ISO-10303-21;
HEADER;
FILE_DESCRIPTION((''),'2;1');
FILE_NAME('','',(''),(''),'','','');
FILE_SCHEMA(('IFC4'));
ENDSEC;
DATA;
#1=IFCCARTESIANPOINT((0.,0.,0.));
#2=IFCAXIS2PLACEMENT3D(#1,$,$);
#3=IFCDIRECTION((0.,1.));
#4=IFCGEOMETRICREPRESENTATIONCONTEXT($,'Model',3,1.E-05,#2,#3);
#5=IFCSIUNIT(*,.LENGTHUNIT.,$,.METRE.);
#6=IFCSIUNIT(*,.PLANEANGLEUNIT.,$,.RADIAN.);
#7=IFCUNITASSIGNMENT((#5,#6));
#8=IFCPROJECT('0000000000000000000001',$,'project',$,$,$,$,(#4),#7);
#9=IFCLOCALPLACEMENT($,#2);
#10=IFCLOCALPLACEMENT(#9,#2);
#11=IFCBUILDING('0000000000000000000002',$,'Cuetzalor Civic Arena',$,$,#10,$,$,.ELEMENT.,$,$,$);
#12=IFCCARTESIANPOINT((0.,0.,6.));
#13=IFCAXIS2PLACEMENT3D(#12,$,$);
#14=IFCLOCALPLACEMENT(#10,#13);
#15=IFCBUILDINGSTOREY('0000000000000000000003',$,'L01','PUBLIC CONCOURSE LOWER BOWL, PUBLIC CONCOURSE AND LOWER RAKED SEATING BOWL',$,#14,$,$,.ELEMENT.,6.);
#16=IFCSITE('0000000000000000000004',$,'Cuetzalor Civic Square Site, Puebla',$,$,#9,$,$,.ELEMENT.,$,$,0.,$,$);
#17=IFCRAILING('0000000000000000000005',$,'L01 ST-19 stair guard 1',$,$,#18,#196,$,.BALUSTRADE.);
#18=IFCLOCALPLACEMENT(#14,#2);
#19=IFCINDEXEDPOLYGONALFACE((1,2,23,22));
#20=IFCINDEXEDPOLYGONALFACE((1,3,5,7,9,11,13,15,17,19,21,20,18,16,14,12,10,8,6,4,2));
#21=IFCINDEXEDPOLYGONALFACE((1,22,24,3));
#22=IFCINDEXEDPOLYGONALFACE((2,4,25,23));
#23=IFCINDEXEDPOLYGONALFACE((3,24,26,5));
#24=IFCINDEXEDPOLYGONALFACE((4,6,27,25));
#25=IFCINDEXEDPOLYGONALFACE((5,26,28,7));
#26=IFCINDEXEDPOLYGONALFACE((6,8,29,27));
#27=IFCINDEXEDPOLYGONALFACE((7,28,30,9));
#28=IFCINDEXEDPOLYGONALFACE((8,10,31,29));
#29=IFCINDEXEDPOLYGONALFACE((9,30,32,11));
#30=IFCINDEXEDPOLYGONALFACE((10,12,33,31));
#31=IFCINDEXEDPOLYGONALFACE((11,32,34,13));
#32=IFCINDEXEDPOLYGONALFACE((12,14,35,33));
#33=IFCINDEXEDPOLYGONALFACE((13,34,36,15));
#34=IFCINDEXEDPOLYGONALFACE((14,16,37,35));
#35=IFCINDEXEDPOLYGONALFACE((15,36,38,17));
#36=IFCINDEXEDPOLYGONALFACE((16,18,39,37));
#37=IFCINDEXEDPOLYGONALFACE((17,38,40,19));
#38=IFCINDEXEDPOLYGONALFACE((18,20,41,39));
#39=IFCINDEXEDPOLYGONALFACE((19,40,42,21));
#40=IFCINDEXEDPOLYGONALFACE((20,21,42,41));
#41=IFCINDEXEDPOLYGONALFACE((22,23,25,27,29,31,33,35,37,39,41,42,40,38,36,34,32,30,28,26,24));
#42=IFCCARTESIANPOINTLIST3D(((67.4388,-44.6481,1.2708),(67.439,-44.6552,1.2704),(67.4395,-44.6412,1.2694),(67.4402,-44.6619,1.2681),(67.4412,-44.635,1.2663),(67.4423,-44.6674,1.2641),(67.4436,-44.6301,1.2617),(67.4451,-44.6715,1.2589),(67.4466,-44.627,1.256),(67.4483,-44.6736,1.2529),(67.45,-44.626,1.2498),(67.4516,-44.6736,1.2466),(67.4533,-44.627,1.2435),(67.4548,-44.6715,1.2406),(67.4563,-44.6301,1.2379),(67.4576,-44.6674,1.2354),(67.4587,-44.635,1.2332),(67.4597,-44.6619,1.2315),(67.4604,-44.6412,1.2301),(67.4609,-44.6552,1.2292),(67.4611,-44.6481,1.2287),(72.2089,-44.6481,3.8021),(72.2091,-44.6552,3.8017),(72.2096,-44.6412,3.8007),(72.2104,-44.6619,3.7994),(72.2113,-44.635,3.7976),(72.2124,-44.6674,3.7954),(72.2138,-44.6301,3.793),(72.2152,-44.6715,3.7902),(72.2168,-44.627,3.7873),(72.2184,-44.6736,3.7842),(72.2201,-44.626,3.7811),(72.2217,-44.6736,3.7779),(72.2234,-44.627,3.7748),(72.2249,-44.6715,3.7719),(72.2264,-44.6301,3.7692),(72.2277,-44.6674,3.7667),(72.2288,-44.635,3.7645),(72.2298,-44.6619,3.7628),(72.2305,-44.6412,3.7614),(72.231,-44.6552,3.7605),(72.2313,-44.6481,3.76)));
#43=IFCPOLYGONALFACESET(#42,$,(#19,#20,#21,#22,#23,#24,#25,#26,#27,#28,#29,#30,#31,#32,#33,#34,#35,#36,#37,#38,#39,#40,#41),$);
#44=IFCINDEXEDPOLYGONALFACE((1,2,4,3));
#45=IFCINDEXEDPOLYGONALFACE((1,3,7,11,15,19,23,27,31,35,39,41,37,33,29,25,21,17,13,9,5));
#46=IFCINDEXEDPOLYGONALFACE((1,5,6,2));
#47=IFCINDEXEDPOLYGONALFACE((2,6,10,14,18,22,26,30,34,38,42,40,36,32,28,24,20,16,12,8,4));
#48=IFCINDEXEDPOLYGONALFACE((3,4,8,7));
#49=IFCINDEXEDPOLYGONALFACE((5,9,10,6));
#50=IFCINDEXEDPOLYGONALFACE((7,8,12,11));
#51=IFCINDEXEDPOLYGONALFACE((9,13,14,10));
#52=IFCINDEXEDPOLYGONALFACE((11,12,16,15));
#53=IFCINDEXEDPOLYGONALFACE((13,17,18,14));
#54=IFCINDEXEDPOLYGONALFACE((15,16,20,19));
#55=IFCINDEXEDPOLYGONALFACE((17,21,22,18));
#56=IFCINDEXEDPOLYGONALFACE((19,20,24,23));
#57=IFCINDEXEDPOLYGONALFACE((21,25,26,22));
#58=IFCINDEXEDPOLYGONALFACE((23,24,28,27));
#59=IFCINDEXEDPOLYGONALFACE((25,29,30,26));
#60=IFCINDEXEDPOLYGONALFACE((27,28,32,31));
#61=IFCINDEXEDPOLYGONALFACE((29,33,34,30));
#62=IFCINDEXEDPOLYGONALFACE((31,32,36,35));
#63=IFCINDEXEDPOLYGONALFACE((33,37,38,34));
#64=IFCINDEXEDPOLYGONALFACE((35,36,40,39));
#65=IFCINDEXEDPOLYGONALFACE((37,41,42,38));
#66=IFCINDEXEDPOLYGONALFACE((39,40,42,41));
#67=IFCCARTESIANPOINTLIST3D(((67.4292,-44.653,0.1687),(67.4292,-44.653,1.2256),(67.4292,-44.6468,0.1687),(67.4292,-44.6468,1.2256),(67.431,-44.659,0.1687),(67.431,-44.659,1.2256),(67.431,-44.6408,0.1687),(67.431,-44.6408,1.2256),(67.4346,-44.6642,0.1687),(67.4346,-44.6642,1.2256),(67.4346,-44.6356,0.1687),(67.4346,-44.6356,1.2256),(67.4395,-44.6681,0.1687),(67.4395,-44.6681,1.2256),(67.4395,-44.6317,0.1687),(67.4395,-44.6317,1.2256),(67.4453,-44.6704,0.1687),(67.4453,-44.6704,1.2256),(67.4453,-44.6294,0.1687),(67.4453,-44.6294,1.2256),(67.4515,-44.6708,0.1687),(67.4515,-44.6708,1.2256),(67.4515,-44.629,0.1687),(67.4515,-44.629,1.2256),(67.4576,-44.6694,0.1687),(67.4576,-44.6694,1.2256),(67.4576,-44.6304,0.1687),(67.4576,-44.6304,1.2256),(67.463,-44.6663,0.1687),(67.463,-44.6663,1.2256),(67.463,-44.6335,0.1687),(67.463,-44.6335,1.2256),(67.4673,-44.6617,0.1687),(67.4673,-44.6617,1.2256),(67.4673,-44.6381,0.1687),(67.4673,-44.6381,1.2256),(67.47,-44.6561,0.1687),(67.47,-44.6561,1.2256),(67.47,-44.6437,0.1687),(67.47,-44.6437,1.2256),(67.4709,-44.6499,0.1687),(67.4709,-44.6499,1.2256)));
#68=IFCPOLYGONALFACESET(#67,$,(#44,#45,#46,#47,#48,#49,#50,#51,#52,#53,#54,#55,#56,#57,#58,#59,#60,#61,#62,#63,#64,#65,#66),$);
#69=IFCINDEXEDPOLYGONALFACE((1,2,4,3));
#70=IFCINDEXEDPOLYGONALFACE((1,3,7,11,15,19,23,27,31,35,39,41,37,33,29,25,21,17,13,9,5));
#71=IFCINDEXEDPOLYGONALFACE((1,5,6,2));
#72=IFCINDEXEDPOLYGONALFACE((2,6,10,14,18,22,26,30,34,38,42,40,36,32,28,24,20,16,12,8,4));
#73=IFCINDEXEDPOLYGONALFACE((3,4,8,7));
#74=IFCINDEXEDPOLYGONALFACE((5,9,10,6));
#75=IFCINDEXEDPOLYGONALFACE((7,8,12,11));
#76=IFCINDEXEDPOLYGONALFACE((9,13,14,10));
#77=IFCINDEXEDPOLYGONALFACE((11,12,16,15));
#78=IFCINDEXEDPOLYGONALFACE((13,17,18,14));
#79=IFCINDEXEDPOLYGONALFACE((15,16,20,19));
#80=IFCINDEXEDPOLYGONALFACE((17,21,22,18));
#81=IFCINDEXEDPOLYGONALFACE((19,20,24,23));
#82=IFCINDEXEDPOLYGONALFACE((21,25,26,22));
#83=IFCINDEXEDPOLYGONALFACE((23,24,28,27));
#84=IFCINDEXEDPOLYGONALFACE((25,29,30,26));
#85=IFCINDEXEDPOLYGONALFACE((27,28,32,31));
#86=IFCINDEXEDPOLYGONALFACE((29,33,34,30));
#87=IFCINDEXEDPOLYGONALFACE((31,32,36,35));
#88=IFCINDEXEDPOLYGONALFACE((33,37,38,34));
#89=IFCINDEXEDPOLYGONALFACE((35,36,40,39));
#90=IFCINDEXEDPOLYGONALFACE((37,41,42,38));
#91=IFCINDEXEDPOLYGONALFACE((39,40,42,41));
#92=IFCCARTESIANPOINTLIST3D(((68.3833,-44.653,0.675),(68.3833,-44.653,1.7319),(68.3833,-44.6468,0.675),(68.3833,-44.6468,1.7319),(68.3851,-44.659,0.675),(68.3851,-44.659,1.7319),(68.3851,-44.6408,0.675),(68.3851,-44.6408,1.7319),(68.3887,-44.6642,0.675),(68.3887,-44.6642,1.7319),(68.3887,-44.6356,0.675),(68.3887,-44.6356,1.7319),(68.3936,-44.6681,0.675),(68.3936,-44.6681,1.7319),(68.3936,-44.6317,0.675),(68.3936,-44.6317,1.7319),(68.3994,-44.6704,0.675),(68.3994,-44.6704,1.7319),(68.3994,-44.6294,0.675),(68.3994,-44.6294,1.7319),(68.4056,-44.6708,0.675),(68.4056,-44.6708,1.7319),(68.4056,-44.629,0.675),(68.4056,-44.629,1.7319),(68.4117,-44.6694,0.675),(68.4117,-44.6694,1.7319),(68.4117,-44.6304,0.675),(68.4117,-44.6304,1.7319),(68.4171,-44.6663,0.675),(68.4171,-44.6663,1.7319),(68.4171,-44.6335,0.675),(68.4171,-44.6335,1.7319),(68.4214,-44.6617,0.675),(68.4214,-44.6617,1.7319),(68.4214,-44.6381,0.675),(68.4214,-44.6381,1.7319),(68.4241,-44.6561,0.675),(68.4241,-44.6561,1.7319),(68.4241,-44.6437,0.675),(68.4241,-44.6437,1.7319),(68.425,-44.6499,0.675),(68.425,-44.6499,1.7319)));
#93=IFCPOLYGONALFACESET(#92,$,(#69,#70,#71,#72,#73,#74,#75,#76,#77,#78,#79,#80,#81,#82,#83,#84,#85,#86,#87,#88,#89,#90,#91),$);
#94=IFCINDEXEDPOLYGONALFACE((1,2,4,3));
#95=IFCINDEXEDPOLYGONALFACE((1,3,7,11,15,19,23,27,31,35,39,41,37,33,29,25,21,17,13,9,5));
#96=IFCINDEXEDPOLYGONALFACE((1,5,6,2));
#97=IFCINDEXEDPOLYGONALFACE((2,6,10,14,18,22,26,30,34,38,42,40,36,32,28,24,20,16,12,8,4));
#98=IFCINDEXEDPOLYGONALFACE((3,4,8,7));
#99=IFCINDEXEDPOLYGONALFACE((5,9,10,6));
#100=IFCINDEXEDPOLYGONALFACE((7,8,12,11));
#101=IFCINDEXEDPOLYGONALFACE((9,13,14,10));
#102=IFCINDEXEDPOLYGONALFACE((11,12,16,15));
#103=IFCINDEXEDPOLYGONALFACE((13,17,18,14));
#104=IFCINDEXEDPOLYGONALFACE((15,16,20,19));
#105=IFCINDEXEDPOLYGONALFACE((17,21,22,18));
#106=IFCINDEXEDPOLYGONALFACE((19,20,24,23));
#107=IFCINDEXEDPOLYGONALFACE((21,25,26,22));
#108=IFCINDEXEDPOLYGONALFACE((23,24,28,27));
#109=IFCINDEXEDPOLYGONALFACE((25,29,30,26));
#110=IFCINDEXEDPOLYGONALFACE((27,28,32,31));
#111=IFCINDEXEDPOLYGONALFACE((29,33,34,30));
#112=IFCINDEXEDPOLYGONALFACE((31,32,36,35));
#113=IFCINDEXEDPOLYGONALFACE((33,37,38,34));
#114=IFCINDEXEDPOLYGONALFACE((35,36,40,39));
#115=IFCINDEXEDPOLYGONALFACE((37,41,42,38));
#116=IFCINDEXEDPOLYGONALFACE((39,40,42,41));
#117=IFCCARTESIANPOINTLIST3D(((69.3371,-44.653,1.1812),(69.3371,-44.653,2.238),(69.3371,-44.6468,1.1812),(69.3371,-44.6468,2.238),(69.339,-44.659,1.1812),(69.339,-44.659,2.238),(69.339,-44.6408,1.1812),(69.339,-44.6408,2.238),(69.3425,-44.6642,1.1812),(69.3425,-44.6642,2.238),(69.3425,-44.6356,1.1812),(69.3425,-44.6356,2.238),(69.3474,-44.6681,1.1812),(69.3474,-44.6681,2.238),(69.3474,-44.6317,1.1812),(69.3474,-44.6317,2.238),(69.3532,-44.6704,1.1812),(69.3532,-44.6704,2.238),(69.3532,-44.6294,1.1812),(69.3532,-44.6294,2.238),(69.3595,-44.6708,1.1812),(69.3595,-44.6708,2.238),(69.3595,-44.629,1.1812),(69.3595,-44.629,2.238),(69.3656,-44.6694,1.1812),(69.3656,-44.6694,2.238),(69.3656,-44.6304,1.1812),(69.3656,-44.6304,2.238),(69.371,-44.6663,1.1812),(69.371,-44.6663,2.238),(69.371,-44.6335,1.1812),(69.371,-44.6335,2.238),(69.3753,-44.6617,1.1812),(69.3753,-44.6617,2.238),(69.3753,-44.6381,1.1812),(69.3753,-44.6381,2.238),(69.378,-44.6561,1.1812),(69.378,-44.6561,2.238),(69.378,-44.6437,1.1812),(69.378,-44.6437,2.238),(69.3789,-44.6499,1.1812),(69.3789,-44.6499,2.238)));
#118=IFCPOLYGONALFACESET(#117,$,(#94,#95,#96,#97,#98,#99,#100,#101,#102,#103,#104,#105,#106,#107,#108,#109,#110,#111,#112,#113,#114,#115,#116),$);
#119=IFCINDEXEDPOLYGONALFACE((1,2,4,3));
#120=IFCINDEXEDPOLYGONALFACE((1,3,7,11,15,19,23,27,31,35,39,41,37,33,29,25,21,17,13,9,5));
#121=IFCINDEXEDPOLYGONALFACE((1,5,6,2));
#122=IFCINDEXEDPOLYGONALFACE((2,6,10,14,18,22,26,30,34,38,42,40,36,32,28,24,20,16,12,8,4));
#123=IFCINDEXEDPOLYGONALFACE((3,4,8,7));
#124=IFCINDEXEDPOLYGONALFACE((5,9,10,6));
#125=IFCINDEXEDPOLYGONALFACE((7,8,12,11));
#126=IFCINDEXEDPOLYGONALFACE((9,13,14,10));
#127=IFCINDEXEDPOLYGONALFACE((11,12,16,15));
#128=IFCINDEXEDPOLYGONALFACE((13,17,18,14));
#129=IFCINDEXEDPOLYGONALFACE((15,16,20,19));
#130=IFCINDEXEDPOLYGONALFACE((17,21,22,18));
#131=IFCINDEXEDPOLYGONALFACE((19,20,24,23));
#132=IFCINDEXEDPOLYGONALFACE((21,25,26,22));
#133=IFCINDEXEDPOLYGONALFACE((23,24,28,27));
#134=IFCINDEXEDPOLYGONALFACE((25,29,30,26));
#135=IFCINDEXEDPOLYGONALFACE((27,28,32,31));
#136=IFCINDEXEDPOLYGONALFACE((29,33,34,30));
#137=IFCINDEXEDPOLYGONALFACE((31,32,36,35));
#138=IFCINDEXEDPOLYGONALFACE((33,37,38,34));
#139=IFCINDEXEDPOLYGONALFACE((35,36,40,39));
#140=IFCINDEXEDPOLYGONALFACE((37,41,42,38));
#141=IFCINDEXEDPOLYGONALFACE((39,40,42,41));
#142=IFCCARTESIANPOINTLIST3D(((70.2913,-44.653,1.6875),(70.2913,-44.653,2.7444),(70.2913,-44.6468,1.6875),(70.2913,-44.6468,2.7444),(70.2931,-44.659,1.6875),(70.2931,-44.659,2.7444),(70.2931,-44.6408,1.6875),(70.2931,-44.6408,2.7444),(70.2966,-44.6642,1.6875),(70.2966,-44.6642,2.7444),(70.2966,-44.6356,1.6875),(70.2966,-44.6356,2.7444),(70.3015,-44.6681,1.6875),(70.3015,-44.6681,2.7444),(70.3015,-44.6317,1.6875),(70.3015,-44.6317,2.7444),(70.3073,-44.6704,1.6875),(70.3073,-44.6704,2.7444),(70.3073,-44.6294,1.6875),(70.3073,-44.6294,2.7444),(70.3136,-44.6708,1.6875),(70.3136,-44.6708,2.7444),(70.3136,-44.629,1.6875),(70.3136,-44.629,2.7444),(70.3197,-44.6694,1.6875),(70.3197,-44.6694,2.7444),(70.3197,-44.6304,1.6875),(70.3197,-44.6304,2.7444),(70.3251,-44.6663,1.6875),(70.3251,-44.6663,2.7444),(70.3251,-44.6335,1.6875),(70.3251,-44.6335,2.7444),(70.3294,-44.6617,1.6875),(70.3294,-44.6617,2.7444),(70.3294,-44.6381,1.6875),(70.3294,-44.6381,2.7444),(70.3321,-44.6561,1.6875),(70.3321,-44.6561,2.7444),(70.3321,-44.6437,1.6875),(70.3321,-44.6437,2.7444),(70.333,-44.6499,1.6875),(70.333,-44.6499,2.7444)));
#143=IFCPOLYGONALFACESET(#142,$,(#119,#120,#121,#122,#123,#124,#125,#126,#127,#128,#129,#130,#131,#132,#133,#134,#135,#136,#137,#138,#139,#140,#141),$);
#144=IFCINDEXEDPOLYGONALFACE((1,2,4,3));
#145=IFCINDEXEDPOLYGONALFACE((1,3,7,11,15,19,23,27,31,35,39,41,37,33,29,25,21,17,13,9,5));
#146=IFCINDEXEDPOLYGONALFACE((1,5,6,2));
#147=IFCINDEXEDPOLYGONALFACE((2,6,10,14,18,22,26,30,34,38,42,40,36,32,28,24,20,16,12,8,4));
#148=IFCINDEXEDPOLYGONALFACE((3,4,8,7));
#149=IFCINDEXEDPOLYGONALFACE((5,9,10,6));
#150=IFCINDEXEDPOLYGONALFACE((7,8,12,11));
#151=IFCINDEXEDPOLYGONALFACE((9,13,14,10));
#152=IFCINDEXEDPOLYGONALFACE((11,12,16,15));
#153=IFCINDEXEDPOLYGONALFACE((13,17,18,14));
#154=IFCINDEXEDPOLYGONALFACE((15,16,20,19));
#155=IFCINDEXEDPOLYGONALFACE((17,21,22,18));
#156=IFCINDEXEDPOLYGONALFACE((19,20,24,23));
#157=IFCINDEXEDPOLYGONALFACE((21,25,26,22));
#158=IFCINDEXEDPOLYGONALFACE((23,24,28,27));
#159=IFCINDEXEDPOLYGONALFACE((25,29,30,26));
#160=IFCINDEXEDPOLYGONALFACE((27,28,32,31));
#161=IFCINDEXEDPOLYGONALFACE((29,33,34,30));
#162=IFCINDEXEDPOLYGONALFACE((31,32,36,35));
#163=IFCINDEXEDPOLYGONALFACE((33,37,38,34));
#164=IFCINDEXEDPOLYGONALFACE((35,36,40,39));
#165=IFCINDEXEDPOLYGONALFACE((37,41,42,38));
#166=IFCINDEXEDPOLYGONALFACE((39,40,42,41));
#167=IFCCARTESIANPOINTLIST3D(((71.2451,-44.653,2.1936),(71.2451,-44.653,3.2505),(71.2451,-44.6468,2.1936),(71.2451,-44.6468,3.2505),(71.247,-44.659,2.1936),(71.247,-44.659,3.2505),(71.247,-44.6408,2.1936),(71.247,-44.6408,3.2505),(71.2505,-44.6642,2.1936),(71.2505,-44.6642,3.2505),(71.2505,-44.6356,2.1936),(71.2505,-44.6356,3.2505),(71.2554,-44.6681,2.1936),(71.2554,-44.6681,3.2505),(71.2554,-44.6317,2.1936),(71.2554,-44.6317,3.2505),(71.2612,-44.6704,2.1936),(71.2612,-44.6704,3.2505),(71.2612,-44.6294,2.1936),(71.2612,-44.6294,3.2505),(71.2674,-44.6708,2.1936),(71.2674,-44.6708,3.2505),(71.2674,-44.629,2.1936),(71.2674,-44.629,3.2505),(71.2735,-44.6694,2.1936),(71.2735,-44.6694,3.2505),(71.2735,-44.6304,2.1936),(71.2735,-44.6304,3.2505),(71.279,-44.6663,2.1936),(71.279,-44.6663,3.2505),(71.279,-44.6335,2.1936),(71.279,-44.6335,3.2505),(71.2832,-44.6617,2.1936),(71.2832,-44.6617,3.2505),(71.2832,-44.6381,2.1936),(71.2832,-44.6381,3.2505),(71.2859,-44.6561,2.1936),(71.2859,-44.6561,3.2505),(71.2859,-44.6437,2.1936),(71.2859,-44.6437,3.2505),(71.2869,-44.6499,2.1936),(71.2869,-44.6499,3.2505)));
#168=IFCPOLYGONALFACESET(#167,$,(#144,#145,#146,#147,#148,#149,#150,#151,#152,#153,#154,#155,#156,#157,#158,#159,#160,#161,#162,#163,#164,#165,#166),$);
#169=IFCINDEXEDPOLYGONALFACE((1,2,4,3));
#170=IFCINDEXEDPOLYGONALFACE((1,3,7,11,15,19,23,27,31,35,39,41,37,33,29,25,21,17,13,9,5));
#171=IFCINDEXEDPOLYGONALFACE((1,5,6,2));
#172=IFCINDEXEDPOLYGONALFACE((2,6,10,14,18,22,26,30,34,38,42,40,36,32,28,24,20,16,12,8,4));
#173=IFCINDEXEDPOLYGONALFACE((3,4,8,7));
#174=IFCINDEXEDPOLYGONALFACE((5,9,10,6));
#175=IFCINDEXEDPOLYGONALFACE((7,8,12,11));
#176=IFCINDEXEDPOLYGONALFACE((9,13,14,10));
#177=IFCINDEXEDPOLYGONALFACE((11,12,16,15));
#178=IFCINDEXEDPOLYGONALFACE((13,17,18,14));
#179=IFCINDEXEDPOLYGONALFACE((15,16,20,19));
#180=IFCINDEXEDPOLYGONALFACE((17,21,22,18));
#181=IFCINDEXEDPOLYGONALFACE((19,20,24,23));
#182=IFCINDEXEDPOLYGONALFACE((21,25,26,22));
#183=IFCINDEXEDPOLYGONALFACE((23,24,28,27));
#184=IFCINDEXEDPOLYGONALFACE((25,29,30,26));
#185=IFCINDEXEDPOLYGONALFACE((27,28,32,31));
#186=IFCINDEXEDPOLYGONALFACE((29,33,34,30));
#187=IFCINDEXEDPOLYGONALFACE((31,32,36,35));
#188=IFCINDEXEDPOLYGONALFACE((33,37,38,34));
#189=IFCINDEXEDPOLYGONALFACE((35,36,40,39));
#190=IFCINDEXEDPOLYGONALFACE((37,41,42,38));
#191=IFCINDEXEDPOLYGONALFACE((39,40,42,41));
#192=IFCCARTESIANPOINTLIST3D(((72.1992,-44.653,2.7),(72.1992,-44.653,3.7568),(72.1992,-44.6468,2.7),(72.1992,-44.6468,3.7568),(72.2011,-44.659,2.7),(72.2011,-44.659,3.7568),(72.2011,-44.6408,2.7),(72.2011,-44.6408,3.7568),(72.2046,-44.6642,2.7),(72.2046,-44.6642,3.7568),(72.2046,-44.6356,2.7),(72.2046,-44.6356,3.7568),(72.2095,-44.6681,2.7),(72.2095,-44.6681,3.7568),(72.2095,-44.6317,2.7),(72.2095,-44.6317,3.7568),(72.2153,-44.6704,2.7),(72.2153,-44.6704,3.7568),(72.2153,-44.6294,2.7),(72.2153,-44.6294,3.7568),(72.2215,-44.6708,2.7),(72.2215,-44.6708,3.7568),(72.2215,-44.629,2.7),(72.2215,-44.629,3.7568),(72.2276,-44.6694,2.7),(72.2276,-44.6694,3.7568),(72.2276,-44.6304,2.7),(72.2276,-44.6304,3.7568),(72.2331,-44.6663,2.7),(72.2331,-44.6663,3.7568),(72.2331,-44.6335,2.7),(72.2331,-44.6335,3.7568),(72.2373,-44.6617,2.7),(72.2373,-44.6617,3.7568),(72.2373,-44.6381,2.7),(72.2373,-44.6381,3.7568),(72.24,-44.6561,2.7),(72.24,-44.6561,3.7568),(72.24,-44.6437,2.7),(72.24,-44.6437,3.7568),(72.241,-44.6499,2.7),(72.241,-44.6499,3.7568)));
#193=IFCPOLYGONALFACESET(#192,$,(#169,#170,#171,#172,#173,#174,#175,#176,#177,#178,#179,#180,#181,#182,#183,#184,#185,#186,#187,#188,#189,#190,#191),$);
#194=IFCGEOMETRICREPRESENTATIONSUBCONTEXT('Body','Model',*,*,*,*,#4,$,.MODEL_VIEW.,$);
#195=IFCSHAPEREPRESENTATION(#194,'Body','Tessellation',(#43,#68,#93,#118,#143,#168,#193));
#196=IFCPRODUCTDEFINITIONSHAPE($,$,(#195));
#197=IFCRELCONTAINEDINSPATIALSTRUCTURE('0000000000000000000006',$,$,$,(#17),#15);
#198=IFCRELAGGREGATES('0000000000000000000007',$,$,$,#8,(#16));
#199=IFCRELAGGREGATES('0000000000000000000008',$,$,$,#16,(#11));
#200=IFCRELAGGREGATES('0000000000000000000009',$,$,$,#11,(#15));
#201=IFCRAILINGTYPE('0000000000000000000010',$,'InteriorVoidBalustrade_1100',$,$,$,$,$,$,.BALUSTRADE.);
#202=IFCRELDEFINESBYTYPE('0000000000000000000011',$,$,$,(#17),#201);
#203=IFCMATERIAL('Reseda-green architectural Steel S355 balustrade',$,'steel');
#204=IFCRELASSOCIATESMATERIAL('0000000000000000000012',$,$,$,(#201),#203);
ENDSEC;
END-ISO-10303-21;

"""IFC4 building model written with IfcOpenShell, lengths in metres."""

from ifc_helpers import new_model, si_unit, direction, frame, origin, origin_2d, place, context, subcontext, project, spatial, circle, extrude, material, type_object, element, save


model = new_model("IFC4")

# Units and contexts
model_context = context("Model", 3, precision=1e-05, world=origin(), true_north=direction((0.0, 1.0)))
body_context = subcontext(model_context, "Body", "Model", "MODEL_VIEW")
ifc_project = project(units=[si_unit("LENGTHUNIT", "METRE"), si_unit("PLANEANGLEUNIT", "RADIAN")], contexts=[model_context])

# Site, building, storey
site_placement = place(None, origin())
site = spatial("IfcSite", under=ifc_project, at=site_placement, Name="Cuetzalor Civic Square Site, Puebla", CompositionType="ELEMENT", RefElevation=0.0)
building_placement = place(site_placement, origin())
building = spatial("IfcBuilding", under=site, at=building_placement, Name="Cuetzalor Civic Arena", CompositionType="ELEMENT")
storey_placement = place(building_placement, frame((0.0, 0.0, 6.0)))
storey = spatial("IfcBuildingStorey", under=building, at=storey_placement, Name="L01", Description="PUBLIC CONCOURSE LOWER BOWL, PUBLIC CONCOURSE AND LOWER RAKED SEATING BOWL", CompositionType="ELEMENT", Elevation=6.0)

# Railing
ifc_material_1 = material(Name="Reseda-green architectural Steel S355 balustrade", Category="steel")
railing_type_1 = type_object("IfcRailingType", Name="InteriorVoidBalustrade_1100", PredefinedType="BALUSTRADE", material=ifc_material_1)
railing_1_placement = place(storey_placement, frame((67.45, -44.6499, 0.1687)))
element("IfcRailing", 1, at=railing_1_placement, inside=storey, type_object=railing_type_1, Name="L01 ST-19 stair guard 1", PredefinedType="BALUSTRADE", context=body_context, shape_type="SweptSolid", body=[
    extrude(circle(Radius=0.0239, at=origin_2d()), frame((0.0, 0.0, 1.0811), z_axis=(0.883332, 0.0, 0.468747), x_axis=(0.0, 1.0, 0.0)), (0.0, 0.0, 1.0), 5.4001),
    extrude(circle(Radius=0.021, at=origin_2d()), origin(), (0.0, 0.0, 1.0), 1.0569),
    extrude(circle(Radius=0.021, at=origin_2d()), frame((0.9541, 0.0, 0.5063)), (0.0, 0.0, 1.0), 1.0569),
    extrude(circle(Radius=0.021, at=origin_2d()), frame((1.908, 0.0, 1.0125)), (0.0, 0.0, 1.0), 1.0569),
    extrude(circle(Radius=0.021, at=origin_2d()), frame((2.8621, 0.0, 1.5188)), (0.0, 0.0, 1.0), 1.0569),
    extrude(circle(Radius=0.021, at=origin_2d()), frame((3.8159, 0.0, 2.0249)), (0.0, 0.0, 1.0), 1.0569),
    extrude(circle(Radius=0.021, at=origin_2d()), frame((4.77, 0.0, 2.5312)), (0.0, 0.0, 1.0), 1.0569),
])

save(model, "model.ifc")
